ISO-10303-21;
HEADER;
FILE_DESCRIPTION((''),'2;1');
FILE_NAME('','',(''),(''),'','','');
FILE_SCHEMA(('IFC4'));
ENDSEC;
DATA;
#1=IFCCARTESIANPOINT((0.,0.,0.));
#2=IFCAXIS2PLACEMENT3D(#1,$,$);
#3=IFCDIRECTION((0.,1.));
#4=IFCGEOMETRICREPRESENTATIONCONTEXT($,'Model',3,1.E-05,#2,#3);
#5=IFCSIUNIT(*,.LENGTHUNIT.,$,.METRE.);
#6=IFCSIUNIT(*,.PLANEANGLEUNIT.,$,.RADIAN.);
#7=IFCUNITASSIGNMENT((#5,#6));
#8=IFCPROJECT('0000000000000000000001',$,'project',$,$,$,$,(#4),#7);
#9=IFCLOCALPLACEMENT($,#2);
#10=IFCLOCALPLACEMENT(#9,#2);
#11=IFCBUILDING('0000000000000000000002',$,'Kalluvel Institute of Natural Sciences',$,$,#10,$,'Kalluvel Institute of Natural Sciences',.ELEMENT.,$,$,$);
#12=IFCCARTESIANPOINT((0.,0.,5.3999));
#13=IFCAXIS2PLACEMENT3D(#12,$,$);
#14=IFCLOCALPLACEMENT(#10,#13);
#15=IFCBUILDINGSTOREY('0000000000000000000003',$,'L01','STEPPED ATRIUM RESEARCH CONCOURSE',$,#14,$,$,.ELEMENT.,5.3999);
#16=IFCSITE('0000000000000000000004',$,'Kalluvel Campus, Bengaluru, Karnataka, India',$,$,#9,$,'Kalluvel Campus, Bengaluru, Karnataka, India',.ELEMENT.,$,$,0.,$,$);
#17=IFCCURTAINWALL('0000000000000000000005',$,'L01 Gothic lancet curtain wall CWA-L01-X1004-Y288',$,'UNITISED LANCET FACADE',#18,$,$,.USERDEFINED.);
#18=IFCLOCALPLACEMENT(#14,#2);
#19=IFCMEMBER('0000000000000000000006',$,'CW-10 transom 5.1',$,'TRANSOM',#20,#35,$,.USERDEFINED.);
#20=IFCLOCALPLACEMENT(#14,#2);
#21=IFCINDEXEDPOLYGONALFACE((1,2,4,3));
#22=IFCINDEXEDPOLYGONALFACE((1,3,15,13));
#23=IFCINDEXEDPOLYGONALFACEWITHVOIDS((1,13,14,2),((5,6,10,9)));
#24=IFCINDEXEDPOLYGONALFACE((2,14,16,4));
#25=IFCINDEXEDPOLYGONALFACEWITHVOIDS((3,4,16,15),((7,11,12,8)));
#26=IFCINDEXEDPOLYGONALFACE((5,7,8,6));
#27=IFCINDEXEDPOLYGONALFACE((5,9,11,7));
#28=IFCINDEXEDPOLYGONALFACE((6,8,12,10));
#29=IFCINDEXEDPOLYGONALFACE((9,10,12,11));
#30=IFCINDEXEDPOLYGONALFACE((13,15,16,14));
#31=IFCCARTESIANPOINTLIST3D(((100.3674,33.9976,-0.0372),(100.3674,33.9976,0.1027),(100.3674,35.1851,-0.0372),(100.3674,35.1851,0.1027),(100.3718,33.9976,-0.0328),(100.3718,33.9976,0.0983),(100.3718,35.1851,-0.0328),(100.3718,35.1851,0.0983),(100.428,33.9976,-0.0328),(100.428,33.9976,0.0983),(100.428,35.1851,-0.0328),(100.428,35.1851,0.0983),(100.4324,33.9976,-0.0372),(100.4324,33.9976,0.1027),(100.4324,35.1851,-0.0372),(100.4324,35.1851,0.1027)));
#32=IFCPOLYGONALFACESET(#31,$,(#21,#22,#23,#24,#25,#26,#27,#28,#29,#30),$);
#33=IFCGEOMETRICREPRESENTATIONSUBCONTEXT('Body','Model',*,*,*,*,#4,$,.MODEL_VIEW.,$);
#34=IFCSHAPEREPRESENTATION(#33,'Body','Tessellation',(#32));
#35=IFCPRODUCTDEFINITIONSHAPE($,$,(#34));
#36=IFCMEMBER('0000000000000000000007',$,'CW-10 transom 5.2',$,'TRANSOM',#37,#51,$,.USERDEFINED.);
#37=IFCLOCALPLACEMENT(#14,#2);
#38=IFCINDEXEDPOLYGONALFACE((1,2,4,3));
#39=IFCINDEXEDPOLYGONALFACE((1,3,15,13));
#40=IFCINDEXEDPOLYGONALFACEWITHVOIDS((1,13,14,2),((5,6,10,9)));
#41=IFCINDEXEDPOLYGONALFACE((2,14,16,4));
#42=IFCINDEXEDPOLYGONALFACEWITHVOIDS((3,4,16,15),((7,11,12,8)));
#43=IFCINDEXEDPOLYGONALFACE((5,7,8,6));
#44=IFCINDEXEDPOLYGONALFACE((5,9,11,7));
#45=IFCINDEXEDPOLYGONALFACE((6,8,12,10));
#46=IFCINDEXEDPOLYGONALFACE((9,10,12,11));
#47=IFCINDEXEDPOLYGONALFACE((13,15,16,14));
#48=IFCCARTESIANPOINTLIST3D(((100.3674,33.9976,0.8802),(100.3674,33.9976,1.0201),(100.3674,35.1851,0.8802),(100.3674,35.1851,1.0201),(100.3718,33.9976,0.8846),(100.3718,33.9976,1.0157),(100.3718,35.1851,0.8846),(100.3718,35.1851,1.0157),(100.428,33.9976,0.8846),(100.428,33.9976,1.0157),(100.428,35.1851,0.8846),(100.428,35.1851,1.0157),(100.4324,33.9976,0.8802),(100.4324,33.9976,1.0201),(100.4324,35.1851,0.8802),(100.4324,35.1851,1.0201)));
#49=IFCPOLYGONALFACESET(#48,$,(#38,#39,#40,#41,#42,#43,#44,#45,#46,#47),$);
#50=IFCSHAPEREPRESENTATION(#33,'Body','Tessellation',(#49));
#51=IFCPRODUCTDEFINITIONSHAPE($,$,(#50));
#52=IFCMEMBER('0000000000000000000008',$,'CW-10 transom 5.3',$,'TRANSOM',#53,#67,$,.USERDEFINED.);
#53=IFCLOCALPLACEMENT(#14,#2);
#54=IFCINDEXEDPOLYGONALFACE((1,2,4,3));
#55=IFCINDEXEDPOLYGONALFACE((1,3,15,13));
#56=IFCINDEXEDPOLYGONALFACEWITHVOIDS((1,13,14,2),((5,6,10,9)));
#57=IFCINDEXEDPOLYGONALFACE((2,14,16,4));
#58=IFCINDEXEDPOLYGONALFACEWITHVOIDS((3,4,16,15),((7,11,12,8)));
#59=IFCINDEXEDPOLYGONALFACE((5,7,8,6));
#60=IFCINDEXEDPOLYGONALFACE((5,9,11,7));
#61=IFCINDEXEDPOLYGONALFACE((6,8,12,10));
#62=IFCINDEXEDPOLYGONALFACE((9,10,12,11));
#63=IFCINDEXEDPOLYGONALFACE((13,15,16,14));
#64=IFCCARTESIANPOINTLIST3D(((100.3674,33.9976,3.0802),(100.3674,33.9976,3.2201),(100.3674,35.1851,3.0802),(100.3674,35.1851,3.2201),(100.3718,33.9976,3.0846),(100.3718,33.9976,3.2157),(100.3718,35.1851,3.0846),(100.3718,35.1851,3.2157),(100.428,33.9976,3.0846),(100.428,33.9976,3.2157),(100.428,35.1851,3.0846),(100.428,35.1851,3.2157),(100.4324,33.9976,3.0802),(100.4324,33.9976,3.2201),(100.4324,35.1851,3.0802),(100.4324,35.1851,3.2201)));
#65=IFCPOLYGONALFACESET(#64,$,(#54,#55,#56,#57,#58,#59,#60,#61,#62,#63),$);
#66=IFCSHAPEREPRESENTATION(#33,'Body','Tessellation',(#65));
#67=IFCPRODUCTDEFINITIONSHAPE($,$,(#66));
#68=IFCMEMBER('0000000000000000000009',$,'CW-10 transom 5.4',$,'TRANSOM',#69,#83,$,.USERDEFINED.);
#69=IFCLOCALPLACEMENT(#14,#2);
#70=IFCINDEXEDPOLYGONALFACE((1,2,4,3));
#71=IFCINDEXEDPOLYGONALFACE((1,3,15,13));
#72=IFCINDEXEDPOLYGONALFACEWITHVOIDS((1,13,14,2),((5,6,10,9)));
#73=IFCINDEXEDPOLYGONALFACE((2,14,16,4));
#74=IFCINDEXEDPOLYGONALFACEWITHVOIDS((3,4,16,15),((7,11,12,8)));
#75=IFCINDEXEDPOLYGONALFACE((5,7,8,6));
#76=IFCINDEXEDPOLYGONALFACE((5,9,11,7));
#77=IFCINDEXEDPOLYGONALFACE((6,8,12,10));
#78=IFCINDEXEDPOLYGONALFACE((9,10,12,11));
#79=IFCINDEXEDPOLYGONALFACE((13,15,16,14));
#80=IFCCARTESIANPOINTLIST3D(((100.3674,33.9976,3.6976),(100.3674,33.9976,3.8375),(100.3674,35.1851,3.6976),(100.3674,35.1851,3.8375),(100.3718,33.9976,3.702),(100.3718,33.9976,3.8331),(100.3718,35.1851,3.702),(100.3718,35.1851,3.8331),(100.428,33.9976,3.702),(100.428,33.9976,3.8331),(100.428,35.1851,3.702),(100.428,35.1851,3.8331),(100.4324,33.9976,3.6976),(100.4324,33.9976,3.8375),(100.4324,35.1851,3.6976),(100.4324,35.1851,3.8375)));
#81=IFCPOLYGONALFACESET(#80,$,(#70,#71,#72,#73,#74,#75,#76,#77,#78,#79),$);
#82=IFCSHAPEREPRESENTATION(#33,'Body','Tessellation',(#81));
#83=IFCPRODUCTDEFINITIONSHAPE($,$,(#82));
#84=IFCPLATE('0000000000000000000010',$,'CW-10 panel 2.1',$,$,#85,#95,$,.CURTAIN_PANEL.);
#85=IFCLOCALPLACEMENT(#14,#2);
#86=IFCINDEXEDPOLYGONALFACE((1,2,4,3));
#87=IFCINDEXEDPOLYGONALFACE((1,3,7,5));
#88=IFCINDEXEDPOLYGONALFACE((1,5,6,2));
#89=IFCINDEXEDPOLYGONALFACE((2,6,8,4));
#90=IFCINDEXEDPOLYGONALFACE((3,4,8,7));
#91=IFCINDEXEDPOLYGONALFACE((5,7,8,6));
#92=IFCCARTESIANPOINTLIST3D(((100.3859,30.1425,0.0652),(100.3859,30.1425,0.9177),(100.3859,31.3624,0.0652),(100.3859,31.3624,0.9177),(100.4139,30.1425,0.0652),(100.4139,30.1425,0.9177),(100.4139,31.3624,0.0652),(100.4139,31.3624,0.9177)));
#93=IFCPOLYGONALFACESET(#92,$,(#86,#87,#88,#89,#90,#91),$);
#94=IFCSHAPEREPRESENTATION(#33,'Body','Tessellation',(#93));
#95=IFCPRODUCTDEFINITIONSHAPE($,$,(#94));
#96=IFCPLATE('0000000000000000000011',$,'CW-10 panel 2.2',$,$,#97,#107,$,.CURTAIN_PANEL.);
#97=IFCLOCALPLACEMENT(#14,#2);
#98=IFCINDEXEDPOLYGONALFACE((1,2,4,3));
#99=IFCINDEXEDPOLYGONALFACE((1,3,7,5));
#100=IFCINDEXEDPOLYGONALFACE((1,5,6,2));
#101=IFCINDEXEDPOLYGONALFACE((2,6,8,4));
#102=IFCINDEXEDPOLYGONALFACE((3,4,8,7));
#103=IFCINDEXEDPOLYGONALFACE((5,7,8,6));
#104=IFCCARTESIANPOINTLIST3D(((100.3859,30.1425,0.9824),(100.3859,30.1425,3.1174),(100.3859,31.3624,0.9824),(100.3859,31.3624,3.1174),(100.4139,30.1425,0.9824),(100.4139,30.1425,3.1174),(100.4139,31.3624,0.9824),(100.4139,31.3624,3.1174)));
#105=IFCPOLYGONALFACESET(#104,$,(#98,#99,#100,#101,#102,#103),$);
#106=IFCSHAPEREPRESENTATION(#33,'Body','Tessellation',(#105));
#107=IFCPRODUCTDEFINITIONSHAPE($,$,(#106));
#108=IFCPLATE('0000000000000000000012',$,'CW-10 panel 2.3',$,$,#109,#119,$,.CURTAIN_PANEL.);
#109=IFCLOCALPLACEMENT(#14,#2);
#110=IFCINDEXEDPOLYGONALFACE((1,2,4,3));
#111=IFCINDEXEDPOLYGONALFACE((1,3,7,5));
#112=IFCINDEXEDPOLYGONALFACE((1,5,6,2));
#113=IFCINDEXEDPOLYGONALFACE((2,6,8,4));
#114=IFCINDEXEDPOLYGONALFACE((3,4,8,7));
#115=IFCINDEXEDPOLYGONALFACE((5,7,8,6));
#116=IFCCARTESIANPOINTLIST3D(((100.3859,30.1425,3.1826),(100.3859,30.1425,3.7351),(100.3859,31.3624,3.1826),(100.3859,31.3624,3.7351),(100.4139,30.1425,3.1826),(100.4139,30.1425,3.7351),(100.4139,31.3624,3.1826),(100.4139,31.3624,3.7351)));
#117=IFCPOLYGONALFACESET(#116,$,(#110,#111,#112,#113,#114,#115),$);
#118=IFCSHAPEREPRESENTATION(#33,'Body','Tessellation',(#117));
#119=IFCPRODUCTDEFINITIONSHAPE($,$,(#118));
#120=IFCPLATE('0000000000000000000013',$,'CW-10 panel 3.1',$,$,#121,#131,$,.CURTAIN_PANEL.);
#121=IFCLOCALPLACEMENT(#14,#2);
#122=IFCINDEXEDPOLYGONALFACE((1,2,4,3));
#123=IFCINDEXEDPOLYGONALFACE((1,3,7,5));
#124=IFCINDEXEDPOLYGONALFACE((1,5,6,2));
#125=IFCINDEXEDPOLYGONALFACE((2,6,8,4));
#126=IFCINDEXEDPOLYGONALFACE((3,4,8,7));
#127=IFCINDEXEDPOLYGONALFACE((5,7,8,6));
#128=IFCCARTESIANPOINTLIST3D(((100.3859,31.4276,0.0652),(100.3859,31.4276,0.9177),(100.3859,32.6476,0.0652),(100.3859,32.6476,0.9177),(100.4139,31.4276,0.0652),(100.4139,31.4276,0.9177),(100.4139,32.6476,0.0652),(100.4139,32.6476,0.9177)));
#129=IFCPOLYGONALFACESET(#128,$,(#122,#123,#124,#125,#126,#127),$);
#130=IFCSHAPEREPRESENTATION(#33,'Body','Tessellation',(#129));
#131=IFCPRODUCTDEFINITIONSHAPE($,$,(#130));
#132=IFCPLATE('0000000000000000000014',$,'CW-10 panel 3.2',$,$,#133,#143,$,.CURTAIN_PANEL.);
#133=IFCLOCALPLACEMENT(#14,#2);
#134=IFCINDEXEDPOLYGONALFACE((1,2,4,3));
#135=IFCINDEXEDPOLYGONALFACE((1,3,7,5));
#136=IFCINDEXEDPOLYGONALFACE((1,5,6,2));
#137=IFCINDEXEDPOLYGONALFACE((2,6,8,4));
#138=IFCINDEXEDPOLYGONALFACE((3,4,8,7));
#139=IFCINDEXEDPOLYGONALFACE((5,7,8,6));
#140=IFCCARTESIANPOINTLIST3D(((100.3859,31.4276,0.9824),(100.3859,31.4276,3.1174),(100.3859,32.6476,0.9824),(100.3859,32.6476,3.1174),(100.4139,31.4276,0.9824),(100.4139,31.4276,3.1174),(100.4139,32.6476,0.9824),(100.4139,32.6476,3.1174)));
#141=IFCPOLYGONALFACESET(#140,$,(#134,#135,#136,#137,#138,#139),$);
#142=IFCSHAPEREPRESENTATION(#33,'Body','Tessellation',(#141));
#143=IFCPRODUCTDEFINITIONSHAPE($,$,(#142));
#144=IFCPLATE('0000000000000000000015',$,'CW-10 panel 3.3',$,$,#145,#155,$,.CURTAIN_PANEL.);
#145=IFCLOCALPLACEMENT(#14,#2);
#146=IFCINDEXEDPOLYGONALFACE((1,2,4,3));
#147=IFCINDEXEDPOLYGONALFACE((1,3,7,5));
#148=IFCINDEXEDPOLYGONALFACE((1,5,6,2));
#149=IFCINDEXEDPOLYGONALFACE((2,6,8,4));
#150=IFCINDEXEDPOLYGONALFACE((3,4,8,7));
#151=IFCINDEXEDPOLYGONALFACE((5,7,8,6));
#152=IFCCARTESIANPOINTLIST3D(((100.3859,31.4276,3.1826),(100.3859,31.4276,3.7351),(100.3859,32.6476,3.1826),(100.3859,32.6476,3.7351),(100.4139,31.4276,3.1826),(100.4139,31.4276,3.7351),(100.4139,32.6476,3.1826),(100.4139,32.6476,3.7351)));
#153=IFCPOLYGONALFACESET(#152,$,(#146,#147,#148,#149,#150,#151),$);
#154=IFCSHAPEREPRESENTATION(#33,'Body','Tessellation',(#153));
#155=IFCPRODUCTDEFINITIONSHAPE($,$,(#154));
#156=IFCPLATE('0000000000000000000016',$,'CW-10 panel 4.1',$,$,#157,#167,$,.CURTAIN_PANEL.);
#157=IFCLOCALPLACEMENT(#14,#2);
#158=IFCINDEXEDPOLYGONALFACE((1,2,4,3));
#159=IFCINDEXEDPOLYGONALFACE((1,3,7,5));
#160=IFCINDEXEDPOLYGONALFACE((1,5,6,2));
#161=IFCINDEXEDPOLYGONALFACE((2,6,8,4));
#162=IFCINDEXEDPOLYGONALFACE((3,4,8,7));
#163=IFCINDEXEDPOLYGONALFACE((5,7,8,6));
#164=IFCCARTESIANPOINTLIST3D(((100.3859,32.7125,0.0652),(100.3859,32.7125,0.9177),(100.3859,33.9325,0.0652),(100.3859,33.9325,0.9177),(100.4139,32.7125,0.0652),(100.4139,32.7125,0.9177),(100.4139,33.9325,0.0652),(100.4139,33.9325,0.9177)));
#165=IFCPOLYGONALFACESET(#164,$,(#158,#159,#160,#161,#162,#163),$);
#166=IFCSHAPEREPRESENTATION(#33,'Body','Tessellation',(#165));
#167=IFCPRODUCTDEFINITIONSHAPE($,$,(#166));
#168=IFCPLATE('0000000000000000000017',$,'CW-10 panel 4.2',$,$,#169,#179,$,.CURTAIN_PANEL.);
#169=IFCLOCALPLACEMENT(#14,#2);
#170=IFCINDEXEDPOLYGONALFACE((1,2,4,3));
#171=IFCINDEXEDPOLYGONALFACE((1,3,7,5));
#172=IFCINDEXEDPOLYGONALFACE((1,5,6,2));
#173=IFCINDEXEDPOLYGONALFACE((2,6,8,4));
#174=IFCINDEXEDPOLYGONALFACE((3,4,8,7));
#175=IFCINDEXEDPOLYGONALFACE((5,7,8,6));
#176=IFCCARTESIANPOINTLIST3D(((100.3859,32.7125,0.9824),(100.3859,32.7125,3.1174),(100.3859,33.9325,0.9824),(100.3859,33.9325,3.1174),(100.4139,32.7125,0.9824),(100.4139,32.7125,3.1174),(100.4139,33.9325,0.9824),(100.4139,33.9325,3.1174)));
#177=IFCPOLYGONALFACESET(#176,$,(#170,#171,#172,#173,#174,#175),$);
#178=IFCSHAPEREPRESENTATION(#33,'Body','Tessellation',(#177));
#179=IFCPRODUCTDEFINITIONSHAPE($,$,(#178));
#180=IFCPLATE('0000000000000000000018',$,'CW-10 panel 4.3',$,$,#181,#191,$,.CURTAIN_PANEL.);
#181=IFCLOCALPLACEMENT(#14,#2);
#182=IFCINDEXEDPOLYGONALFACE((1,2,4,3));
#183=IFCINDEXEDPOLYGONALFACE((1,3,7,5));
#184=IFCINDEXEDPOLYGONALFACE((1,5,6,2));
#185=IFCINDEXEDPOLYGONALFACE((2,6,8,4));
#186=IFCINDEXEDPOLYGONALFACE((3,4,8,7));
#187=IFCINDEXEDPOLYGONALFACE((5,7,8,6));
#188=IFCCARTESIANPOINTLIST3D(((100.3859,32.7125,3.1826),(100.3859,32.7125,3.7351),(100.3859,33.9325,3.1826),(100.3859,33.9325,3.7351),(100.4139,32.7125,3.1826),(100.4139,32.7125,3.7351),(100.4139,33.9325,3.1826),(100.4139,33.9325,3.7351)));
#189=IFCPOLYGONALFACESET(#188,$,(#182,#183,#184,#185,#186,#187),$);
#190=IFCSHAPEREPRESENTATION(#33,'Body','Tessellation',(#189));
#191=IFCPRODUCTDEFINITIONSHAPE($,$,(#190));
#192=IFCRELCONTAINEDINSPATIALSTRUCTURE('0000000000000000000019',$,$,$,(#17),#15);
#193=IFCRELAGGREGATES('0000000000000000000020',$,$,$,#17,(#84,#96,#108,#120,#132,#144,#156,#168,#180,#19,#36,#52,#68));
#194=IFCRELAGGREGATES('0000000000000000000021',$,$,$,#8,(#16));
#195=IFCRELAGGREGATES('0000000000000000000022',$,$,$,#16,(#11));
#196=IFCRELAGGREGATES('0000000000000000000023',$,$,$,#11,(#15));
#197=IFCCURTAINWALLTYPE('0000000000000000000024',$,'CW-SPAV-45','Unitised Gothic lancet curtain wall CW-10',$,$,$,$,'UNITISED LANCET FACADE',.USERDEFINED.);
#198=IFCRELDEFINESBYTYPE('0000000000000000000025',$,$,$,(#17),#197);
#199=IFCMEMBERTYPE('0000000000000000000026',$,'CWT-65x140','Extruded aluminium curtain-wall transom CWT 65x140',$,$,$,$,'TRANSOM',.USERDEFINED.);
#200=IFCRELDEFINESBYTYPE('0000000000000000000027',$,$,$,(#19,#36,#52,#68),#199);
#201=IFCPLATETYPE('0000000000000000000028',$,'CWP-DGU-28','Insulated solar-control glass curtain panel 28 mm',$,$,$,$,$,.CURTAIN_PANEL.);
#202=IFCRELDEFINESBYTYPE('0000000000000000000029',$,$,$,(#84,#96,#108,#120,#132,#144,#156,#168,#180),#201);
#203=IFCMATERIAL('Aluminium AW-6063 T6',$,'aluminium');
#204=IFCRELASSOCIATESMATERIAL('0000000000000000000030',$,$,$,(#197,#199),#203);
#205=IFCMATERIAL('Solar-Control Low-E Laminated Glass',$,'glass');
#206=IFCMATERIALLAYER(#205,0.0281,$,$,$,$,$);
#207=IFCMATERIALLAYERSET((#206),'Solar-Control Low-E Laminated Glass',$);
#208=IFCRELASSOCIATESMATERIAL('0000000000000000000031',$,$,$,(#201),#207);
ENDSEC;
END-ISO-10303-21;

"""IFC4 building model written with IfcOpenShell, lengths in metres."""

from ifc_helpers import new_model, si_unit, direction, frame, origin, origin_2d, place, context, subcontext, project, spatial, rectangle, hollow_rectangle, extrude, material, layer, layer_set, material_profile, profile_set, type_object, element, aggregate, save


model = new_model("IFC4")

# Units and contexts
model_context = context("Model", 3, precision=1e-05, world=origin(), true_north=direction((0.0, 1.0)))
body_context = subcontext(model_context, "Body", "Model", "MODEL_VIEW")
ifc_project = project(units=[si_unit("LENGTHUNIT", "METRE"), si_unit("PLANEANGLEUNIT", "RADIAN")], contexts=[model_context])

# Site, building, storey
site_placement = place(None, origin())
site = spatial("IfcSite", under=ifc_project, at=site_placement, Name="Kalluvel Campus, Bengaluru, Karnataka, India", LongName="Kalluvel Campus, Bengaluru, Karnataka, India", CompositionType="ELEMENT", RefElevation=0.0)
building_placement = place(site_placement, origin())
building = spatial("IfcBuilding", under=site, at=building_placement, Name="Kalluvel Institute of Natural Sciences", LongName="Kalluvel Institute of Natural Sciences", CompositionType="ELEMENT")
storey_placement = place(building_placement, frame((0.0, 0.0, 5.3999)))
storey = spatial("IfcBuildingStorey", under=building, at=storey_placement, Name="L01", Description="STEPPED ATRIUM RESEARCH CONCOURSE", CompositionType="ELEMENT", Elevation=5.3999)

# Curtain wall, members, plates
ifc_material_1 = material(Name="Aluminium AW-6063 T6", Category="aluminium")
curtain_wall_type = type_object("IfcCurtainWallType", Name="CW-SPAV-45", Description="Unitised Gothic lancet curtain wall CW-10", ElementType="UNITISED LANCET FACADE", PredefinedType="USERDEFINED", material=ifc_material_1)
curtain_wall_placement = place(storey_placement, origin())
curtain_wall = element("IfcCurtainWall", 1, at=curtain_wall_placement, inside=storey, type_object=curtain_wall_type, Name="L01 Gothic lancet curtain wall CWA-L01-X1004-Y288", ObjectType="UNITISED LANCET FACADE", PredefinedType="USERDEFINED")
ifc_material_profile_1 = material_profile(ifc_material_1, hollow_rectangle(XDim=0.0649, YDim=0.1399, WallThickness=0.0044, at=origin_2d()), Name="CWT 65x140")
ifc_profile_set_1 = profile_set([ifc_material_profile_1], Name="Aluminium AW-6063 T6")
member_type_1 = type_object("IfcMemberType", Name="CWT-65x140", Description="Extruded aluminium curtain-wall transom CWT 65x140", ElementType="TRANSOM", PredefinedType="USERDEFINED", material=ifc_profile_set_1)
member_1_placement = place(storey_placement, frame((100.3999, 33.9976, 0.0327), z_axis=(0.0, 1.0, 0.0), x_axis=(-1.0, 0.0, 0.0)))
member_1 = element("IfcMember", 2, at=member_1_placement, type_object=member_type_1, Name="CW-10 transom 5.1", ObjectType="TRANSOM", PredefinedType="USERDEFINED", context=body_context, shape_type="SweptSolid", body=[
    extrude(hollow_rectangle(XDim=0.0649, YDim=0.1399, WallThickness=0.0044, at=origin_2d()), origin(), (0.0, 0.0, 1.0), 1.1875),
])
member_2_placement = place(storey_placement, frame((100.3999, 33.9976, 0.9502), z_axis=(0.0, 1.0, 0.0), x_axis=(-1.0, 0.0, 0.0)))
member_2 = element("IfcMember", 3, at=member_2_placement, type_object=member_type_1, Name="CW-10 transom 5.2", ObjectType="TRANSOM", PredefinedType="USERDEFINED", context=body_context, shape_type="SweptSolid", body=[
    extrude(hollow_rectangle(XDim=0.0649, YDim=0.1399, WallThickness=0.0044, at=origin_2d()), origin(), (0.0, 0.0, 1.0), 1.1875),
])
member_3_placement = place(storey_placement, frame((100.3999, 33.9976, 3.1501), z_axis=(0.0, 1.0, 0.0), x_axis=(-1.0, 0.0, 0.0)))
member_3 = element("IfcMember", 4, at=member_3_placement, type_object=member_type_1, Name="CW-10 transom 5.3", ObjectType="TRANSOM", PredefinedType="USERDEFINED", context=body_context, shape_type="SweptSolid", body=[
    extrude(hollow_rectangle(XDim=0.0649, YDim=0.1399, WallThickness=0.0044, at=origin_2d()), origin(), (0.0, 0.0, 1.0), 1.1875),
])
member_4_placement = place(storey_placement, frame((100.3999, 33.9976, 3.7676), z_axis=(0.0, 1.0, 0.0), x_axis=(-1.0, 0.0, 0.0)))
member_4 = element("IfcMember", 5, at=member_4_placement, type_object=member_type_1, Name="CW-10 transom 5.4", ObjectType="TRANSOM", PredefinedType="USERDEFINED", context=body_context, shape_type="SweptSolid", body=[
    extrude(hollow_rectangle(XDim=0.0649, YDim=0.1399, WallThickness=0.0044, at=origin_2d()), origin(), (0.0, 0.0, 1.0), 1.1875),
])
ifc_material_2 = material(Name="Solar-Control Low-E Laminated Glass", Category="glass")
ifc_layer = layer(ifc_material_2, 0.0281)
ifc_layer_set = layer_set([ifc_layer], Name="Solar-Control Low-E Laminated Glass")
plate_type = type_object("IfcPlateType", Name="CWP-DGU-28", Description="Insulated solar-control glass curtain panel 28 mm", PredefinedType="CURTAIN_PANEL", material=ifc_layer_set)
plate_1_placement = place(storey_placement, frame((100.3999, 30.7524, 0.0652), z_axis=(0.0, 0.0, 1.0), x_axis=(0.0, 1.0, 0.0)))
plate_1 = element("IfcPlate", 6, at=plate_1_placement, type_object=plate_type, Name="CW-10 panel 2.1", PredefinedType="CURTAIN_PANEL", context=body_context, shape_type="SweptSolid", body=[
    extrude(rectangle(XDim=1.22, YDim=0.0281, at=origin_2d()), origin(), (0.0, 0.0, 1.0), 0.8525),
])
plate_2_placement = place(storey_placement, frame((100.3999, 30.7524, 0.9824), z_axis=(0.0, 0.0, 1.0), x_axis=(0.0, 1.0, 0.0)))
plate_2 = element("IfcPlate", 7, at=plate_2_placement, type_object=plate_type, Name="CW-10 panel 2.2", PredefinedType="CURTAIN_PANEL", context=body_context, shape_type="SweptSolid", body=[
    extrude(rectangle(XDim=1.22, YDim=0.0281, at=origin_2d()), origin(), (0.0, 0.0, 1.0), 2.135),
])
plate_3_placement = place(storey_placement, frame((100.3999, 30.7524, 3.1826), z_axis=(0.0, 0.0, 1.0), x_axis=(0.0, 1.0, 0.0)))
plate_3 = element("IfcPlate", 8, at=plate_3_placement, type_object=plate_type, Name="CW-10 panel 2.3", PredefinedType="CURTAIN_PANEL", context=body_context, shape_type="SweptSolid", body=[
    extrude(rectangle(XDim=1.22, YDim=0.0281, at=origin_2d()), origin(), (0.0, 0.0, 1.0), 0.5525),
])
plate_4_placement = place(storey_placement, frame((100.3999, 32.0376, 0.0652), z_axis=(0.0, 0.0, 1.0), x_axis=(0.0, 1.0, 0.0)))
plate_4 = element("IfcPlate", 9, at=plate_4_placement, type_object=plate_type, Name="CW-10 panel 3.1", PredefinedType="CURTAIN_PANEL", context=body_context, shape_type="SweptSolid", body=[
    extrude(rectangle(XDim=1.22, YDim=0.0281, at=origin_2d()), origin(), (0.0, 0.0, 1.0), 0.8525),
])
plate_5_placement = place(storey_placement, frame((100.3999, 32.0376, 0.9824), z_axis=(0.0, 0.0, 1.0), x_axis=(0.0, 1.0, 0.0)))
plate_5 = element("IfcPlate", 10, at=plate_5_placement, type_object=plate_type, Name="CW-10 panel 3.2", PredefinedType="CURTAIN_PANEL", context=body_context, shape_type="SweptSolid", body=[
    extrude(rectangle(XDim=1.22, YDim=0.0281, at=origin_2d()), origin(), (0.0, 0.0, 1.0), 2.135),
])
plate_6_placement = place(storey_placement, frame((100.3999, 32.0376, 3.1826), z_axis=(0.0, 0.0, 1.0), x_axis=(0.0, 1.0, 0.0)))
plate_6 = element("IfcPlate", 11, at=plate_6_placement, type_object=plate_type, Name="CW-10 panel 3.3", PredefinedType="CURTAIN_PANEL", context=body_context, shape_type="SweptSolid", body=[
    extrude(rectangle(XDim=1.22, YDim=0.0281, at=origin_2d()), origin(), (0.0, 0.0, 1.0), 0.5525),
])
plate_7_placement = place(storey_placement, frame((100.3999, 33.3225, 0.0652), z_axis=(0.0, 0.0, 1.0), x_axis=(0.0, 1.0, 0.0)))
plate_7 = element("IfcPlate", 12, at=plate_7_placement, type_object=plate_type, Name="CW-10 panel 4.1", PredefinedType="CURTAIN_PANEL", context=body_context, shape_type="SweptSolid", body=[
    extrude(rectangle(XDim=1.22, YDim=0.0281, at=origin_2d()), origin(), (0.0, 0.0, 1.0), 0.8525),
])
plate_8_placement = place(storey_placement, frame((100.3999, 33.3225, 0.9824), z_axis=(0.0, 0.0, 1.0), x_axis=(0.0, 1.0, 0.0)))
plate_8 = element("IfcPlate", 13, at=plate_8_placement, type_object=plate_type, Name="CW-10 panel 4.2", PredefinedType="CURTAIN_PANEL", context=body_context, shape_type="SweptSolid", body=[
    extrude(rectangle(XDim=1.22, YDim=0.0281, at=origin_2d()), origin(), (0.0, 0.0, 1.0), 2.135),
])
plate_9_placement = place(storey_placement, frame((100.3999, 33.3225, 3.1826), z_axis=(0.0, 0.0, 1.0), x_axis=(0.0, 1.0, 0.0)))
plate_9 = element("IfcPlate", 14, at=plate_9_placement, type_object=plate_type, Name="CW-10 panel 4.3", PredefinedType="CURTAIN_PANEL", context=body_context, shape_type="SweptSolid", body=[
    extrude(rectangle(XDim=1.22, YDim=0.0281, at=origin_2d()), origin(), (0.0, 0.0, 1.0), 0.5525),
])
aggregate(curtain_wall, [plate_1, plate_2, plate_3, plate_4, plate_5, plate_6, plate_7, plate_8, plate_9, member_1, member_2, member_3, member_4])

save(model, "model.ifc")
